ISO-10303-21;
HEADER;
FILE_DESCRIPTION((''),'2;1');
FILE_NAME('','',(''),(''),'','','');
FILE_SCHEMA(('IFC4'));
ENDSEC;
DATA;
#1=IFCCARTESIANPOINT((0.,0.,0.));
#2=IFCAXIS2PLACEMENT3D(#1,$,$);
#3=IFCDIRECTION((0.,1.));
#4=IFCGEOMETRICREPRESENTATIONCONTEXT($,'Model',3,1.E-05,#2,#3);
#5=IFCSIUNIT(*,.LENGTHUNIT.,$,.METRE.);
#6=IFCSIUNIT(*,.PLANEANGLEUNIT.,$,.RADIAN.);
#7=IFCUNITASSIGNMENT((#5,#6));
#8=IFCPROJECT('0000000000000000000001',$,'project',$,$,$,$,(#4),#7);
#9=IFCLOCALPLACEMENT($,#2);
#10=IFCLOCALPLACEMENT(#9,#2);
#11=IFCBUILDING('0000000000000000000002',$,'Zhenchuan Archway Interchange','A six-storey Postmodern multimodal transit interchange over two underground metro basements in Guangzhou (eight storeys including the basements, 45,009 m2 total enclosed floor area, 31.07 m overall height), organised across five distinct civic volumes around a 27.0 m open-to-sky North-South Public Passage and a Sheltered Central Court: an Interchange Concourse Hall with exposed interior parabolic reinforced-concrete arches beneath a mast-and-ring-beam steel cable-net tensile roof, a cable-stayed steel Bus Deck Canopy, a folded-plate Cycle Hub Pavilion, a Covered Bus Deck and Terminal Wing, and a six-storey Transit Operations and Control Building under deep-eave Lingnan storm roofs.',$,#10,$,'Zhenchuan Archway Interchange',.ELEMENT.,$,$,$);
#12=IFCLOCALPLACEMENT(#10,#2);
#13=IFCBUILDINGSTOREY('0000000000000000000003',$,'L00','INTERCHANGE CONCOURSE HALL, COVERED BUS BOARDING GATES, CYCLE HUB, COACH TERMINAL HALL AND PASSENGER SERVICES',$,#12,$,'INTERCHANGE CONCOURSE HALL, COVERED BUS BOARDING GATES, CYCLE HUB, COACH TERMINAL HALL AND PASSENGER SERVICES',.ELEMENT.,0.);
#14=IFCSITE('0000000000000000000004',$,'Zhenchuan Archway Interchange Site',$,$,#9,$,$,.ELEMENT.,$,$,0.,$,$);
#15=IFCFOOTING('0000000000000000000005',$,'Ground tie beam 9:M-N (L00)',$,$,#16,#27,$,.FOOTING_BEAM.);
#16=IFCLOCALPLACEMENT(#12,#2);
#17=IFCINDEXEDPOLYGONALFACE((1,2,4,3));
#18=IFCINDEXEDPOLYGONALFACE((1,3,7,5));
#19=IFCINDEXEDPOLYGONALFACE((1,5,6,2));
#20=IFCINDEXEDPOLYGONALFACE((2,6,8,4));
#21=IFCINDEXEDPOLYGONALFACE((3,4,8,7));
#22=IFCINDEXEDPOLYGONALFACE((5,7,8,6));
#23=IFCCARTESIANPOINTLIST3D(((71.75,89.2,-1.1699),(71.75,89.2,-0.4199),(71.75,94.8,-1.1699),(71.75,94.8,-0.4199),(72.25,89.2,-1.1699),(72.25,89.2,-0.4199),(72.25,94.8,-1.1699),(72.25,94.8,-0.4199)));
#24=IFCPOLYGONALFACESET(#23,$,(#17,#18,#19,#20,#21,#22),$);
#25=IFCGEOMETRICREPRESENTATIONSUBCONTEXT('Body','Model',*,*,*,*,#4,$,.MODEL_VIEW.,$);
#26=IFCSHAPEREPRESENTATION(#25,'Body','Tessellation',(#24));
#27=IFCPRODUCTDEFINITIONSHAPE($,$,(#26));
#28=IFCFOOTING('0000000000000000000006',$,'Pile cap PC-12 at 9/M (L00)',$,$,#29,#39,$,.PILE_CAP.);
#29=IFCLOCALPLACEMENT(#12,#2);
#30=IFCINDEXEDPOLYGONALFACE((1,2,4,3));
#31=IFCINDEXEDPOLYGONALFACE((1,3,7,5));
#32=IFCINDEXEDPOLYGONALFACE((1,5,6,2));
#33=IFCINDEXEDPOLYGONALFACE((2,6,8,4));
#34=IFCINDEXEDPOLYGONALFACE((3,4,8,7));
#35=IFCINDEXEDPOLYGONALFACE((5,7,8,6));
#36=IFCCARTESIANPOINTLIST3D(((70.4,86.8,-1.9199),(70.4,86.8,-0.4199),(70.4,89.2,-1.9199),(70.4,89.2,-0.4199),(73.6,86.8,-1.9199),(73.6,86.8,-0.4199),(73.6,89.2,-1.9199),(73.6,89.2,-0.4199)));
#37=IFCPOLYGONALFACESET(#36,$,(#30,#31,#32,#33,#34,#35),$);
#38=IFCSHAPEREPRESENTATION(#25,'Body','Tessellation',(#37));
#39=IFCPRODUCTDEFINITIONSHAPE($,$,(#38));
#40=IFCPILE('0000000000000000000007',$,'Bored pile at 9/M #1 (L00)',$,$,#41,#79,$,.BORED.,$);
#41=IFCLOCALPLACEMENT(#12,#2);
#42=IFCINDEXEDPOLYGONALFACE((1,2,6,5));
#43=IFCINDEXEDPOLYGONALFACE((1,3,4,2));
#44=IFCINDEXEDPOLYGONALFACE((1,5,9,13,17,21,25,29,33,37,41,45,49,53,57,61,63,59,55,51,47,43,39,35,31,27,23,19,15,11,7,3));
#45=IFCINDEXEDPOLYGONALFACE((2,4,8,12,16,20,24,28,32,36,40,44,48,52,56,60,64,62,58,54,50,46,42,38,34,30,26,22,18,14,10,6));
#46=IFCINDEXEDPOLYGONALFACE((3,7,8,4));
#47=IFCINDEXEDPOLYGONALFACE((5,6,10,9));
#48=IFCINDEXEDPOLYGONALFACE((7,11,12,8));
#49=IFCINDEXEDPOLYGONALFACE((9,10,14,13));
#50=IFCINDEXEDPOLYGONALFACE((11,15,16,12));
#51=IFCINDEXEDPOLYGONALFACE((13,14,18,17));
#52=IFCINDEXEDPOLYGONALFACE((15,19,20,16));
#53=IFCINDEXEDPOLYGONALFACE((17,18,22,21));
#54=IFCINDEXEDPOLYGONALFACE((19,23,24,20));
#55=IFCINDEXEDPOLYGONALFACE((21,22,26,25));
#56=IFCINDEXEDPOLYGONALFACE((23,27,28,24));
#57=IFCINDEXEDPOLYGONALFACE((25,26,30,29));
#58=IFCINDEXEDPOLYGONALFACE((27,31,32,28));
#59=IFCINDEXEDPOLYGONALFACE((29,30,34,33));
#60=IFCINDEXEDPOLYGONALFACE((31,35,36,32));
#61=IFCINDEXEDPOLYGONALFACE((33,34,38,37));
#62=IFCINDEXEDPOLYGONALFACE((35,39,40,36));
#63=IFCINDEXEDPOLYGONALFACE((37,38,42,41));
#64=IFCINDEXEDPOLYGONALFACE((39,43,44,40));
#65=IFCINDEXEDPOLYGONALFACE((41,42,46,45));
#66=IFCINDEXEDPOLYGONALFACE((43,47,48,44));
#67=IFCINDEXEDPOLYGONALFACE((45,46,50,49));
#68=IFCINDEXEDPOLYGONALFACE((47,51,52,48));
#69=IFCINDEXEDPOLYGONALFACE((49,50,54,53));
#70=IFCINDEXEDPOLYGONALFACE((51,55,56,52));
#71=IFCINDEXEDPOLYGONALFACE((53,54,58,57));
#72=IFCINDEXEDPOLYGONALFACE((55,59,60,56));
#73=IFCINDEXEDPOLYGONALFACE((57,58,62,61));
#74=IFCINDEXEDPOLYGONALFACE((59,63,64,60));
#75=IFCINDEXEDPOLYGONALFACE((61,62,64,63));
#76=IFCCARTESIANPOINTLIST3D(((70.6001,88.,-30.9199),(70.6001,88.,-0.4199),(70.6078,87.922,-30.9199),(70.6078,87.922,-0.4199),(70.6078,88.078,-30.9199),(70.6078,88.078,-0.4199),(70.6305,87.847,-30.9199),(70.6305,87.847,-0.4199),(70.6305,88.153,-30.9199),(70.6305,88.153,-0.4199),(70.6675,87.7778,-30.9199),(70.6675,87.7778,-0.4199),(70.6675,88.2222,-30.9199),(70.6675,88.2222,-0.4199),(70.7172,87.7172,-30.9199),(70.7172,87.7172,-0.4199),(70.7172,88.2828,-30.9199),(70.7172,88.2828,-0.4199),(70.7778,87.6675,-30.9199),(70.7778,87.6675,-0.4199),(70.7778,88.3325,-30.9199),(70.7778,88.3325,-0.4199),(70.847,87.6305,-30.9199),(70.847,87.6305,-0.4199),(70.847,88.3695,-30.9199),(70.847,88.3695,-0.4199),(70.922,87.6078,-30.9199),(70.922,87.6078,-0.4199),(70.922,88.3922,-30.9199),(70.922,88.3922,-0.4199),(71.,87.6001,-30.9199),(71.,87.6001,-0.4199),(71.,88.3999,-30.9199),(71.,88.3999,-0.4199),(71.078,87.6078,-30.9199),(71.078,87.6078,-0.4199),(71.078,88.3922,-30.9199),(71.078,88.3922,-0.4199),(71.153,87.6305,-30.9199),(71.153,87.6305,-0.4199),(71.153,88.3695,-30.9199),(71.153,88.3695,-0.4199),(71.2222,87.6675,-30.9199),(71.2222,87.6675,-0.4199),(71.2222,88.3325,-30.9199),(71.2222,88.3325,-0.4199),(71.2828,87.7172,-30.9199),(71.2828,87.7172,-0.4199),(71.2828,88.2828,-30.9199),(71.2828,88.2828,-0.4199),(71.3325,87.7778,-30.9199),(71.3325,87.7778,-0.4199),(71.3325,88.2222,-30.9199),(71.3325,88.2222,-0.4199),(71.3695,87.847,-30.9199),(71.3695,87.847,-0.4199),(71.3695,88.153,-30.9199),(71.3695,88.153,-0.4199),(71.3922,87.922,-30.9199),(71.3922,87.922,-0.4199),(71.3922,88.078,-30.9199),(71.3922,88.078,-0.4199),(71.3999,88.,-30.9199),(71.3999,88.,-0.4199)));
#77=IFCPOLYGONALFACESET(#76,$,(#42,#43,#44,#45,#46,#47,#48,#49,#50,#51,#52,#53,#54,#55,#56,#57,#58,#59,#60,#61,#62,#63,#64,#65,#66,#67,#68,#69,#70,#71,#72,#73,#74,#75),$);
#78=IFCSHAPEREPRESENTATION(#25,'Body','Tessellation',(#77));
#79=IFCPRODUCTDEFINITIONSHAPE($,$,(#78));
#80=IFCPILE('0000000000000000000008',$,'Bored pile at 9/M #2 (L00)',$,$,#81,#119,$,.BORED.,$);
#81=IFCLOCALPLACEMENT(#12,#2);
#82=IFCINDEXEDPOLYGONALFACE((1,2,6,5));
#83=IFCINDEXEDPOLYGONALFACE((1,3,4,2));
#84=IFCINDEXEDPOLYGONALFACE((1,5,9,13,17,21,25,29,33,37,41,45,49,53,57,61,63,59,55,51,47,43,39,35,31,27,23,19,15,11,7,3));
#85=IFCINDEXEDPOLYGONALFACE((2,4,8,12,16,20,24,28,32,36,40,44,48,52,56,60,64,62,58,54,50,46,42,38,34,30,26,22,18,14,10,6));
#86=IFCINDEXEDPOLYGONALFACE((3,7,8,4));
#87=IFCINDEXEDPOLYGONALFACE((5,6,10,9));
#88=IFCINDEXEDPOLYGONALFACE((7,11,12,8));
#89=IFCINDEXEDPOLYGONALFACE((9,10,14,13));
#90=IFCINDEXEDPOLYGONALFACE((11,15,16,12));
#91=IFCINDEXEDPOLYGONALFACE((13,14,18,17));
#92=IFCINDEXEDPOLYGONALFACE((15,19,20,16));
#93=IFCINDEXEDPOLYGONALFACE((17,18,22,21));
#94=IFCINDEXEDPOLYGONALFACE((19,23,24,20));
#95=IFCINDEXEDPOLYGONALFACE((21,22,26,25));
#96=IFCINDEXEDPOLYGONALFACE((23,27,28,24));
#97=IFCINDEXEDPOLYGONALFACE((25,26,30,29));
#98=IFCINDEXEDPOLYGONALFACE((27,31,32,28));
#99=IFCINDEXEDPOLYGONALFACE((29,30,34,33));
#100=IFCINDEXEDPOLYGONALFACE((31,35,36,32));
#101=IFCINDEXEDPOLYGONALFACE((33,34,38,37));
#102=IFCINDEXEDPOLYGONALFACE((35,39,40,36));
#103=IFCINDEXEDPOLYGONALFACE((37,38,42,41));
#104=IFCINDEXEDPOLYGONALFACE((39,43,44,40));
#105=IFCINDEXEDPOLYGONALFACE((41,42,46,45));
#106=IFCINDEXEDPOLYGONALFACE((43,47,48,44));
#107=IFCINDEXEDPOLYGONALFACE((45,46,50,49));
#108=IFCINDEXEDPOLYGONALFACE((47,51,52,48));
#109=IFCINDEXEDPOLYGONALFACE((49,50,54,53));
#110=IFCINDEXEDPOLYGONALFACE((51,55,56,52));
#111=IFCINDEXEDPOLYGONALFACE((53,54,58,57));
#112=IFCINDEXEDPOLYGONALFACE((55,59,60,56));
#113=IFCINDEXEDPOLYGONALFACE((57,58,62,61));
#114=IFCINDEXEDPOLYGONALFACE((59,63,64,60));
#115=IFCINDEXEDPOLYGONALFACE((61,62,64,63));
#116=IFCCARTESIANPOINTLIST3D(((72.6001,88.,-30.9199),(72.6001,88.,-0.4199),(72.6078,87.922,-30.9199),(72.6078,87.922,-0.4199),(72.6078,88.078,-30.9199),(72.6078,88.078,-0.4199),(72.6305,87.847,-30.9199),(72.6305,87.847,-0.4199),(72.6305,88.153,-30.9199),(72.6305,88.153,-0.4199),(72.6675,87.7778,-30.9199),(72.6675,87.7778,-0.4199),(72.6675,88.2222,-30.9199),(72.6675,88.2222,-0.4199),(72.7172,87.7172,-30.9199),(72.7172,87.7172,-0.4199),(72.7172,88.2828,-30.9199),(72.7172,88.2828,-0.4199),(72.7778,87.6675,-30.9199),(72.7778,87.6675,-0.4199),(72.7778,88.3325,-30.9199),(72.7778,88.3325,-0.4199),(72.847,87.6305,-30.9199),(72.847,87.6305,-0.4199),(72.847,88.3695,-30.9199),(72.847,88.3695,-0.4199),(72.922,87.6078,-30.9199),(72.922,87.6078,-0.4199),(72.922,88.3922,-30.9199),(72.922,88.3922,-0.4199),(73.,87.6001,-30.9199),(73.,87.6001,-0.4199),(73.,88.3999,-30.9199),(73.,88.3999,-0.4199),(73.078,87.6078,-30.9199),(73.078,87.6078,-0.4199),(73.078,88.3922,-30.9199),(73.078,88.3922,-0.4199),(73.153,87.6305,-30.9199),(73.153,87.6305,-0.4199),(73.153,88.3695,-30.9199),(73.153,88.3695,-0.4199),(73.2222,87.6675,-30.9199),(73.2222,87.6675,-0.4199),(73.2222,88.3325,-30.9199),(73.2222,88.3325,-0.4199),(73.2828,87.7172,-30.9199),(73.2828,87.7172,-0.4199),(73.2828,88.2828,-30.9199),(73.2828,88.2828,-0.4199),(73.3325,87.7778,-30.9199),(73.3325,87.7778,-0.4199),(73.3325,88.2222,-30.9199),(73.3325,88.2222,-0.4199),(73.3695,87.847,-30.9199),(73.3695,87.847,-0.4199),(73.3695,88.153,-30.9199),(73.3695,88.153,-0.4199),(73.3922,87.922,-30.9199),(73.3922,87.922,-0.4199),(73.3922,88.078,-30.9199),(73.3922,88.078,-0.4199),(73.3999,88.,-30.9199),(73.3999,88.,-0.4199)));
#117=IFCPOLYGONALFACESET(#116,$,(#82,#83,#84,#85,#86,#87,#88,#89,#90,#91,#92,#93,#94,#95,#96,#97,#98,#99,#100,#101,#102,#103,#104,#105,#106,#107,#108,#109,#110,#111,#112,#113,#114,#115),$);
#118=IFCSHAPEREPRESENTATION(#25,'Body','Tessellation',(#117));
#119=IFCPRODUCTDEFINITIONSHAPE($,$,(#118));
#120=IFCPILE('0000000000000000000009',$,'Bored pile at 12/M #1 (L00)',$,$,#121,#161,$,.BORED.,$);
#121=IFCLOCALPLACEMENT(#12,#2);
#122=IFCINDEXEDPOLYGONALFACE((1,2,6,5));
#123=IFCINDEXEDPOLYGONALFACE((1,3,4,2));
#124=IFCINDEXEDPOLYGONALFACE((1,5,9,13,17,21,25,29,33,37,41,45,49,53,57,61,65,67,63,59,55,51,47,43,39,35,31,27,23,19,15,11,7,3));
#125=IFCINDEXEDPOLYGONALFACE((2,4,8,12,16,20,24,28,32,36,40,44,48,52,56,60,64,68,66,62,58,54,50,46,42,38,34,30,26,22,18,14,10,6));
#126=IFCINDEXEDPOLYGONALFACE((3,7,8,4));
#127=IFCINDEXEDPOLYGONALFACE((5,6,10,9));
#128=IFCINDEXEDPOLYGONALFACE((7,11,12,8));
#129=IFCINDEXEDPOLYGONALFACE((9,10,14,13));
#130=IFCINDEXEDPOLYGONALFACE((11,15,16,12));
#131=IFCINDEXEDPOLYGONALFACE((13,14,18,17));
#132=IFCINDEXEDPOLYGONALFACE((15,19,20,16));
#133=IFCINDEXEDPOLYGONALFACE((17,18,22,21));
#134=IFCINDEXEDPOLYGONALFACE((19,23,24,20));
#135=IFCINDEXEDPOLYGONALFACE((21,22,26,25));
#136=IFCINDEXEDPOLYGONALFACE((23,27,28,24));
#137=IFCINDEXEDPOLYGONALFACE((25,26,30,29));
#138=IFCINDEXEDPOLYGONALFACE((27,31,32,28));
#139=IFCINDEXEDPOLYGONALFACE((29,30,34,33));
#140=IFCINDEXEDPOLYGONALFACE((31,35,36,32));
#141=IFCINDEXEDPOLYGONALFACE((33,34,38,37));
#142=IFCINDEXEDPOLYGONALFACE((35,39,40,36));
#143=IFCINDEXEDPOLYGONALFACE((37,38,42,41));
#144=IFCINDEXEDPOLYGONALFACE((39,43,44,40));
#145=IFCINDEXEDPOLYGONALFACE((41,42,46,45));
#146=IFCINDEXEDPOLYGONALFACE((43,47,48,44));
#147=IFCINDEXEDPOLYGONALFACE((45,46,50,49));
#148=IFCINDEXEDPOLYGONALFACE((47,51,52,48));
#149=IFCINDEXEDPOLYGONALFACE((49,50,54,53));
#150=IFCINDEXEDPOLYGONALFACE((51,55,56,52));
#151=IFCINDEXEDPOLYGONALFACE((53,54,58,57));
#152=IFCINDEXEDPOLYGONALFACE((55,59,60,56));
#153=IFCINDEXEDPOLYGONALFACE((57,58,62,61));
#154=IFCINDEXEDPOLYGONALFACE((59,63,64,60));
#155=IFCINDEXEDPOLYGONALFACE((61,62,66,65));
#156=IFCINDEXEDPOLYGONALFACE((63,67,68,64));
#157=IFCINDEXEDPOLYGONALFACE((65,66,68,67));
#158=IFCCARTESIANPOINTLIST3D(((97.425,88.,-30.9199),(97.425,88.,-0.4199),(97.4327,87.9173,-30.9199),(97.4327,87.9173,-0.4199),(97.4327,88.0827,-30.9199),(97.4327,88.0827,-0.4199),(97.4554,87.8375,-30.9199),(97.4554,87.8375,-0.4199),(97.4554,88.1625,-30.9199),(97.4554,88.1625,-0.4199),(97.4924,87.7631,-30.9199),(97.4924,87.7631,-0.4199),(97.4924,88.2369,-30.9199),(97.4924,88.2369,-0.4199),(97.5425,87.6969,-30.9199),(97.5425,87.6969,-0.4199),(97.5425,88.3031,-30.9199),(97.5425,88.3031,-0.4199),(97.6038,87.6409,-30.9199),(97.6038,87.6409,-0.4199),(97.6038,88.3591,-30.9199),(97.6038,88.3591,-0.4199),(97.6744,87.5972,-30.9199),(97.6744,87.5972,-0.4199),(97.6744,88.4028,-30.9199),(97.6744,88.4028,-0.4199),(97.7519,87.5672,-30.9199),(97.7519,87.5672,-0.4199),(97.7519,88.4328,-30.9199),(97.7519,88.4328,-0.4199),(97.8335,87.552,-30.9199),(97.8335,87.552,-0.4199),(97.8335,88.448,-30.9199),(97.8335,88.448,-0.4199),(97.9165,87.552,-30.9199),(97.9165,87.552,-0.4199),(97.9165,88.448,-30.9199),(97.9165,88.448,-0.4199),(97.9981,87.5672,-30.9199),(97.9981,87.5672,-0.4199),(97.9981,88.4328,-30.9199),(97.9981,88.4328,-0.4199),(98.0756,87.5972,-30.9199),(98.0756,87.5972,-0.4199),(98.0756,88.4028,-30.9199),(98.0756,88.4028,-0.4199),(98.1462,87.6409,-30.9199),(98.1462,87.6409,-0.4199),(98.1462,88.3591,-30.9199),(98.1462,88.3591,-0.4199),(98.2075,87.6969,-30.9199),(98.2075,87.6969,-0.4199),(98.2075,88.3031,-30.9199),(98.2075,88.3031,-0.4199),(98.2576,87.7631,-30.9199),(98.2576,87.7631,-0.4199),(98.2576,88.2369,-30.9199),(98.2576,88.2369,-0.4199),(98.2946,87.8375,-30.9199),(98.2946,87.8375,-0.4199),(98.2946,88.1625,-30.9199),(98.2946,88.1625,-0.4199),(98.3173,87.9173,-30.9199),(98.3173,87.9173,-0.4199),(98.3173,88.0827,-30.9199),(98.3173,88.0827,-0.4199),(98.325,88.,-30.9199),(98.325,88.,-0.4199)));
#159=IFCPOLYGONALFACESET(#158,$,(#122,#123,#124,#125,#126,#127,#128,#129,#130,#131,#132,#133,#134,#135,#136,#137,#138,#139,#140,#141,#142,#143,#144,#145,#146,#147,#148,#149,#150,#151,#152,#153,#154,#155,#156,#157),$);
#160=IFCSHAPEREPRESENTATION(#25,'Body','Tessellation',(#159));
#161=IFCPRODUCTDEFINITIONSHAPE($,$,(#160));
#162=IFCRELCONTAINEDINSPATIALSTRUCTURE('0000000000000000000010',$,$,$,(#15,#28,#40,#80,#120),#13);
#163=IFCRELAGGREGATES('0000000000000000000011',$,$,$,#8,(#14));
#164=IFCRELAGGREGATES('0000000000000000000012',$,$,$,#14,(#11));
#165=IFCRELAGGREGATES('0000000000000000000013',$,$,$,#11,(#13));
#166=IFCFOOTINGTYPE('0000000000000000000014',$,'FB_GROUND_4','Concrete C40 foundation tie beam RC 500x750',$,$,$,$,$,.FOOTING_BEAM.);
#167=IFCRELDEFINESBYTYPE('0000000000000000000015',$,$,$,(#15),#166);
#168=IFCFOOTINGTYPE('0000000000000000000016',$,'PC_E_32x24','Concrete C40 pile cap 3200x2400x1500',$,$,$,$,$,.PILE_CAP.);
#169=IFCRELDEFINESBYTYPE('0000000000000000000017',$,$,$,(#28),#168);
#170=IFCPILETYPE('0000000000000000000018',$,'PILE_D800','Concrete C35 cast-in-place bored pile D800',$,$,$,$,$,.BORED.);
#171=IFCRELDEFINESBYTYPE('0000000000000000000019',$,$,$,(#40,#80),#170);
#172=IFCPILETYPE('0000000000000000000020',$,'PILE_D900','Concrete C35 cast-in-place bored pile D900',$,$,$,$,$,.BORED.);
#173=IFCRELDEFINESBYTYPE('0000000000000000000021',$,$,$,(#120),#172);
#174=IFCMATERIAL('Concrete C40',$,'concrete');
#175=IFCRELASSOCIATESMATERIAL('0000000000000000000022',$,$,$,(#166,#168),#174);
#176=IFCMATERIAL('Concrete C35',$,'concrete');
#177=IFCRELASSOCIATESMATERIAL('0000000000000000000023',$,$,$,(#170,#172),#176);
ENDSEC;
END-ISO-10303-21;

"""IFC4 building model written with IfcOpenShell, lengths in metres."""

from ifc_helpers import new_model, si_unit, direction, frame, origin, origin_2d, place, context, subcontext, project, spatial, rectangle, circle, extrude, material, material_profile, profile_set, type_object, element, save


model = new_model("IFC4")

# Units and contexts
model_context = context("Model", 3, precision=1e-05, world=origin(), true_north=direction((0.0, 1.0)))
body_context = subcontext(model_context, "Body", "Model", "MODEL_VIEW")
ifc_project = project(units=[si_unit("LENGTHUNIT", "METRE"), si_unit("PLANEANGLEUNIT", "RADIAN")], contexts=[model_context])

# Site, building, storey
site_placement = place(None, origin())
site = spatial("IfcSite", under=ifc_project, at=site_placement, Name="Zhenchuan Archway Interchange Site", CompositionType="ELEMENT", RefElevation=0.0)
building_placement = place(site_placement, origin())
building = spatial("IfcBuilding", under=site, at=building_placement, Name="Zhenchuan Archway Interchange", Description="A six-storey Postmodern multimodal transit interchange over two underground metro basements in Guangzhou (eight storeys including the basements, 45,009 m2 total enclosed floor area, 31.07 m overall height), organised across five distinct civic volumes around a 27.0 m open-to-sky North-South Public Passage and a Sheltered Central Court: an Interchange Concourse Hall with exposed interior parabolic reinforced-concrete arches beneath a mast-and-ring-beam steel cable-net tensile roof, a cable-stayed steel Bus Deck Canopy, a folded-plate Cycle Hub Pavilion, a Covered Bus Deck and Terminal Wing, and a six-storey Transit Operations and Control Building under deep-eave Lingnan storm roofs.", LongName="Zhenchuan Archway Interchange", CompositionType="ELEMENT")
storey_placement = place(building_placement, origin())
storey = spatial("IfcBuildingStorey", under=building, at=storey_placement, Name="L00", Description="INTERCHANGE CONCOURSE HALL, COVERED BUS BOARDING GATES, CYCLE HUB, COACH TERMINAL HALL AND PASSENGER SERVICES", LongName="INTERCHANGE CONCOURSE HALL, COVERED BUS BOARDING GATES, CYCLE HUB, COACH TERMINAL HALL AND PASSENGER SERVICES", CompositionType="ELEMENT", Elevation=0.0)

# Footings
ifc_material_1 = material(Name="Concrete C40", Category="concrete")
ifc_material_profile_1 = material_profile(ifc_material_1, rectangle(XDim=0.5, YDim=0.75, at=origin_2d()), Name="RC 500x750")
ifc_profile_set_1 = profile_set([ifc_material_profile_1], Name="Concrete C40")
footing_type_1 = type_object("IfcFootingType", Name="FB_GROUND_4", Description="Concrete C40 foundation tie beam RC 500x750", PredefinedType="FOOTING_BEAM", material=ifc_profile_set_1)
footing_1_placement = place(storey_placement, frame((72.0, 89.2, -0.7949), z_axis=(0.0, 1.0, 0.0), x_axis=(-1.0, 0.0, 0.0)))
element("IfcFooting", 1, at=footing_1_placement, inside=storey, type_object=footing_type_1, Name="Ground tie beam 9:M-N (L00)", PredefinedType="FOOTING_BEAM", context=body_context, shape_type="SweptSolid", body=[
    extrude(rectangle(XDim=0.5, YDim=0.75, at=origin_2d()), origin(), (0.0, 0.0, 1.0), 5.6001),
])
footing_type_2 = type_object("IfcFootingType", Name="PC_E_32x24", Description="Concrete C40 pile cap 3200x2400x1500", PredefinedType="PILE_CAP", material=ifc_material_1)
footing_2_placement = place(storey_placement, frame((72.0, 88.0, -1.9199), z_axis=(0.0, 0.0, 1.0), x_axis=(1.0, 0.0, 0.0)))
element("IfcFooting", 2, at=footing_2_placement, inside=storey, type_object=footing_type_2, Name="Pile cap PC-12 at 9/M (L00)", PredefinedType="PILE_CAP", context=body_context, shape_type="SweptSolid", body=[
    extrude(rectangle(XDim=3.2, YDim=2.3999, at=origin_2d()), origin(), (0.0, 0.0, 1.0), 1.5),
])

# Piles
ifc_material_2 = material(Name="Concrete C35", Category="concrete")
ifc_material_profile_2 = material_profile(ifc_material_2, circle(Radius=0.3999, at=origin_2d()), Name="BORED PILE 800")
ifc_profile_set_2 = profile_set([ifc_material_profile_2], Name="Concrete C35")
pile_type_1 = type_object("IfcPileType", Name="PILE_D800", Description="Concrete C35 cast-in-place bored pile D800", PredefinedType="BORED", material=ifc_profile_set_2)
for number, where, z_axis, x_axis, name in (
    (3, (71.0, 88.0, -0.4199), (0.0, 0.0, -1.0), (1.0, 0.0, 0.0), "Bored pile at 9/M #1 (L00)"),
    (4, (73.0, 88.0, -0.4199), (0.0, 0.0, -1.0), (1.0, 0.0, 0.0), "Bored pile at 9/M #2 (L00)"),
):
    element("IfcPile", number, at=place(storey_placement, frame(where, z_axis=z_axis, x_axis=x_axis)), inside=storey, type_object=pile_type_1, Name=name, PredefinedType="BORED", context=body_context, shape_type="SweptSolid", body=[
        extrude(circle(Radius=0.3999, at=origin_2d()), origin(), (0.0, 0.0, 1.0), 30.5),
    ])
ifc_material_profile_3 = material_profile(ifc_material_2, circle(Radius=0.45, at=origin_2d()), Name="BORED PILE 900")
ifc_profile_set_3 = profile_set([ifc_material_profile_3], Name="Concrete C35")
pile_type_2 = type_object("IfcPileType", Name="PILE_D900", Description="Concrete C35 cast-in-place bored pile D900", PredefinedType="BORED", material=ifc_profile_set_3)
pile_placement = place(storey_placement, frame((97.875, 88.0, -0.4199), z_axis=(0.0, 0.0, -1.0), x_axis=(1.0, 0.0, 0.0)))
element("IfcPile", 5, at=pile_placement, inside=storey, type_object=pile_type_2, Name="Bored pile at 12/M #1 (L00)", PredefinedType="BORED", context=body_context, shape_type="SweptSolid", body=[
    extrude(circle(Radius=0.45, at=origin_2d()), origin(), (0.0, 0.0, 1.0), 30.5),
])

save(model, "model.ifc")
